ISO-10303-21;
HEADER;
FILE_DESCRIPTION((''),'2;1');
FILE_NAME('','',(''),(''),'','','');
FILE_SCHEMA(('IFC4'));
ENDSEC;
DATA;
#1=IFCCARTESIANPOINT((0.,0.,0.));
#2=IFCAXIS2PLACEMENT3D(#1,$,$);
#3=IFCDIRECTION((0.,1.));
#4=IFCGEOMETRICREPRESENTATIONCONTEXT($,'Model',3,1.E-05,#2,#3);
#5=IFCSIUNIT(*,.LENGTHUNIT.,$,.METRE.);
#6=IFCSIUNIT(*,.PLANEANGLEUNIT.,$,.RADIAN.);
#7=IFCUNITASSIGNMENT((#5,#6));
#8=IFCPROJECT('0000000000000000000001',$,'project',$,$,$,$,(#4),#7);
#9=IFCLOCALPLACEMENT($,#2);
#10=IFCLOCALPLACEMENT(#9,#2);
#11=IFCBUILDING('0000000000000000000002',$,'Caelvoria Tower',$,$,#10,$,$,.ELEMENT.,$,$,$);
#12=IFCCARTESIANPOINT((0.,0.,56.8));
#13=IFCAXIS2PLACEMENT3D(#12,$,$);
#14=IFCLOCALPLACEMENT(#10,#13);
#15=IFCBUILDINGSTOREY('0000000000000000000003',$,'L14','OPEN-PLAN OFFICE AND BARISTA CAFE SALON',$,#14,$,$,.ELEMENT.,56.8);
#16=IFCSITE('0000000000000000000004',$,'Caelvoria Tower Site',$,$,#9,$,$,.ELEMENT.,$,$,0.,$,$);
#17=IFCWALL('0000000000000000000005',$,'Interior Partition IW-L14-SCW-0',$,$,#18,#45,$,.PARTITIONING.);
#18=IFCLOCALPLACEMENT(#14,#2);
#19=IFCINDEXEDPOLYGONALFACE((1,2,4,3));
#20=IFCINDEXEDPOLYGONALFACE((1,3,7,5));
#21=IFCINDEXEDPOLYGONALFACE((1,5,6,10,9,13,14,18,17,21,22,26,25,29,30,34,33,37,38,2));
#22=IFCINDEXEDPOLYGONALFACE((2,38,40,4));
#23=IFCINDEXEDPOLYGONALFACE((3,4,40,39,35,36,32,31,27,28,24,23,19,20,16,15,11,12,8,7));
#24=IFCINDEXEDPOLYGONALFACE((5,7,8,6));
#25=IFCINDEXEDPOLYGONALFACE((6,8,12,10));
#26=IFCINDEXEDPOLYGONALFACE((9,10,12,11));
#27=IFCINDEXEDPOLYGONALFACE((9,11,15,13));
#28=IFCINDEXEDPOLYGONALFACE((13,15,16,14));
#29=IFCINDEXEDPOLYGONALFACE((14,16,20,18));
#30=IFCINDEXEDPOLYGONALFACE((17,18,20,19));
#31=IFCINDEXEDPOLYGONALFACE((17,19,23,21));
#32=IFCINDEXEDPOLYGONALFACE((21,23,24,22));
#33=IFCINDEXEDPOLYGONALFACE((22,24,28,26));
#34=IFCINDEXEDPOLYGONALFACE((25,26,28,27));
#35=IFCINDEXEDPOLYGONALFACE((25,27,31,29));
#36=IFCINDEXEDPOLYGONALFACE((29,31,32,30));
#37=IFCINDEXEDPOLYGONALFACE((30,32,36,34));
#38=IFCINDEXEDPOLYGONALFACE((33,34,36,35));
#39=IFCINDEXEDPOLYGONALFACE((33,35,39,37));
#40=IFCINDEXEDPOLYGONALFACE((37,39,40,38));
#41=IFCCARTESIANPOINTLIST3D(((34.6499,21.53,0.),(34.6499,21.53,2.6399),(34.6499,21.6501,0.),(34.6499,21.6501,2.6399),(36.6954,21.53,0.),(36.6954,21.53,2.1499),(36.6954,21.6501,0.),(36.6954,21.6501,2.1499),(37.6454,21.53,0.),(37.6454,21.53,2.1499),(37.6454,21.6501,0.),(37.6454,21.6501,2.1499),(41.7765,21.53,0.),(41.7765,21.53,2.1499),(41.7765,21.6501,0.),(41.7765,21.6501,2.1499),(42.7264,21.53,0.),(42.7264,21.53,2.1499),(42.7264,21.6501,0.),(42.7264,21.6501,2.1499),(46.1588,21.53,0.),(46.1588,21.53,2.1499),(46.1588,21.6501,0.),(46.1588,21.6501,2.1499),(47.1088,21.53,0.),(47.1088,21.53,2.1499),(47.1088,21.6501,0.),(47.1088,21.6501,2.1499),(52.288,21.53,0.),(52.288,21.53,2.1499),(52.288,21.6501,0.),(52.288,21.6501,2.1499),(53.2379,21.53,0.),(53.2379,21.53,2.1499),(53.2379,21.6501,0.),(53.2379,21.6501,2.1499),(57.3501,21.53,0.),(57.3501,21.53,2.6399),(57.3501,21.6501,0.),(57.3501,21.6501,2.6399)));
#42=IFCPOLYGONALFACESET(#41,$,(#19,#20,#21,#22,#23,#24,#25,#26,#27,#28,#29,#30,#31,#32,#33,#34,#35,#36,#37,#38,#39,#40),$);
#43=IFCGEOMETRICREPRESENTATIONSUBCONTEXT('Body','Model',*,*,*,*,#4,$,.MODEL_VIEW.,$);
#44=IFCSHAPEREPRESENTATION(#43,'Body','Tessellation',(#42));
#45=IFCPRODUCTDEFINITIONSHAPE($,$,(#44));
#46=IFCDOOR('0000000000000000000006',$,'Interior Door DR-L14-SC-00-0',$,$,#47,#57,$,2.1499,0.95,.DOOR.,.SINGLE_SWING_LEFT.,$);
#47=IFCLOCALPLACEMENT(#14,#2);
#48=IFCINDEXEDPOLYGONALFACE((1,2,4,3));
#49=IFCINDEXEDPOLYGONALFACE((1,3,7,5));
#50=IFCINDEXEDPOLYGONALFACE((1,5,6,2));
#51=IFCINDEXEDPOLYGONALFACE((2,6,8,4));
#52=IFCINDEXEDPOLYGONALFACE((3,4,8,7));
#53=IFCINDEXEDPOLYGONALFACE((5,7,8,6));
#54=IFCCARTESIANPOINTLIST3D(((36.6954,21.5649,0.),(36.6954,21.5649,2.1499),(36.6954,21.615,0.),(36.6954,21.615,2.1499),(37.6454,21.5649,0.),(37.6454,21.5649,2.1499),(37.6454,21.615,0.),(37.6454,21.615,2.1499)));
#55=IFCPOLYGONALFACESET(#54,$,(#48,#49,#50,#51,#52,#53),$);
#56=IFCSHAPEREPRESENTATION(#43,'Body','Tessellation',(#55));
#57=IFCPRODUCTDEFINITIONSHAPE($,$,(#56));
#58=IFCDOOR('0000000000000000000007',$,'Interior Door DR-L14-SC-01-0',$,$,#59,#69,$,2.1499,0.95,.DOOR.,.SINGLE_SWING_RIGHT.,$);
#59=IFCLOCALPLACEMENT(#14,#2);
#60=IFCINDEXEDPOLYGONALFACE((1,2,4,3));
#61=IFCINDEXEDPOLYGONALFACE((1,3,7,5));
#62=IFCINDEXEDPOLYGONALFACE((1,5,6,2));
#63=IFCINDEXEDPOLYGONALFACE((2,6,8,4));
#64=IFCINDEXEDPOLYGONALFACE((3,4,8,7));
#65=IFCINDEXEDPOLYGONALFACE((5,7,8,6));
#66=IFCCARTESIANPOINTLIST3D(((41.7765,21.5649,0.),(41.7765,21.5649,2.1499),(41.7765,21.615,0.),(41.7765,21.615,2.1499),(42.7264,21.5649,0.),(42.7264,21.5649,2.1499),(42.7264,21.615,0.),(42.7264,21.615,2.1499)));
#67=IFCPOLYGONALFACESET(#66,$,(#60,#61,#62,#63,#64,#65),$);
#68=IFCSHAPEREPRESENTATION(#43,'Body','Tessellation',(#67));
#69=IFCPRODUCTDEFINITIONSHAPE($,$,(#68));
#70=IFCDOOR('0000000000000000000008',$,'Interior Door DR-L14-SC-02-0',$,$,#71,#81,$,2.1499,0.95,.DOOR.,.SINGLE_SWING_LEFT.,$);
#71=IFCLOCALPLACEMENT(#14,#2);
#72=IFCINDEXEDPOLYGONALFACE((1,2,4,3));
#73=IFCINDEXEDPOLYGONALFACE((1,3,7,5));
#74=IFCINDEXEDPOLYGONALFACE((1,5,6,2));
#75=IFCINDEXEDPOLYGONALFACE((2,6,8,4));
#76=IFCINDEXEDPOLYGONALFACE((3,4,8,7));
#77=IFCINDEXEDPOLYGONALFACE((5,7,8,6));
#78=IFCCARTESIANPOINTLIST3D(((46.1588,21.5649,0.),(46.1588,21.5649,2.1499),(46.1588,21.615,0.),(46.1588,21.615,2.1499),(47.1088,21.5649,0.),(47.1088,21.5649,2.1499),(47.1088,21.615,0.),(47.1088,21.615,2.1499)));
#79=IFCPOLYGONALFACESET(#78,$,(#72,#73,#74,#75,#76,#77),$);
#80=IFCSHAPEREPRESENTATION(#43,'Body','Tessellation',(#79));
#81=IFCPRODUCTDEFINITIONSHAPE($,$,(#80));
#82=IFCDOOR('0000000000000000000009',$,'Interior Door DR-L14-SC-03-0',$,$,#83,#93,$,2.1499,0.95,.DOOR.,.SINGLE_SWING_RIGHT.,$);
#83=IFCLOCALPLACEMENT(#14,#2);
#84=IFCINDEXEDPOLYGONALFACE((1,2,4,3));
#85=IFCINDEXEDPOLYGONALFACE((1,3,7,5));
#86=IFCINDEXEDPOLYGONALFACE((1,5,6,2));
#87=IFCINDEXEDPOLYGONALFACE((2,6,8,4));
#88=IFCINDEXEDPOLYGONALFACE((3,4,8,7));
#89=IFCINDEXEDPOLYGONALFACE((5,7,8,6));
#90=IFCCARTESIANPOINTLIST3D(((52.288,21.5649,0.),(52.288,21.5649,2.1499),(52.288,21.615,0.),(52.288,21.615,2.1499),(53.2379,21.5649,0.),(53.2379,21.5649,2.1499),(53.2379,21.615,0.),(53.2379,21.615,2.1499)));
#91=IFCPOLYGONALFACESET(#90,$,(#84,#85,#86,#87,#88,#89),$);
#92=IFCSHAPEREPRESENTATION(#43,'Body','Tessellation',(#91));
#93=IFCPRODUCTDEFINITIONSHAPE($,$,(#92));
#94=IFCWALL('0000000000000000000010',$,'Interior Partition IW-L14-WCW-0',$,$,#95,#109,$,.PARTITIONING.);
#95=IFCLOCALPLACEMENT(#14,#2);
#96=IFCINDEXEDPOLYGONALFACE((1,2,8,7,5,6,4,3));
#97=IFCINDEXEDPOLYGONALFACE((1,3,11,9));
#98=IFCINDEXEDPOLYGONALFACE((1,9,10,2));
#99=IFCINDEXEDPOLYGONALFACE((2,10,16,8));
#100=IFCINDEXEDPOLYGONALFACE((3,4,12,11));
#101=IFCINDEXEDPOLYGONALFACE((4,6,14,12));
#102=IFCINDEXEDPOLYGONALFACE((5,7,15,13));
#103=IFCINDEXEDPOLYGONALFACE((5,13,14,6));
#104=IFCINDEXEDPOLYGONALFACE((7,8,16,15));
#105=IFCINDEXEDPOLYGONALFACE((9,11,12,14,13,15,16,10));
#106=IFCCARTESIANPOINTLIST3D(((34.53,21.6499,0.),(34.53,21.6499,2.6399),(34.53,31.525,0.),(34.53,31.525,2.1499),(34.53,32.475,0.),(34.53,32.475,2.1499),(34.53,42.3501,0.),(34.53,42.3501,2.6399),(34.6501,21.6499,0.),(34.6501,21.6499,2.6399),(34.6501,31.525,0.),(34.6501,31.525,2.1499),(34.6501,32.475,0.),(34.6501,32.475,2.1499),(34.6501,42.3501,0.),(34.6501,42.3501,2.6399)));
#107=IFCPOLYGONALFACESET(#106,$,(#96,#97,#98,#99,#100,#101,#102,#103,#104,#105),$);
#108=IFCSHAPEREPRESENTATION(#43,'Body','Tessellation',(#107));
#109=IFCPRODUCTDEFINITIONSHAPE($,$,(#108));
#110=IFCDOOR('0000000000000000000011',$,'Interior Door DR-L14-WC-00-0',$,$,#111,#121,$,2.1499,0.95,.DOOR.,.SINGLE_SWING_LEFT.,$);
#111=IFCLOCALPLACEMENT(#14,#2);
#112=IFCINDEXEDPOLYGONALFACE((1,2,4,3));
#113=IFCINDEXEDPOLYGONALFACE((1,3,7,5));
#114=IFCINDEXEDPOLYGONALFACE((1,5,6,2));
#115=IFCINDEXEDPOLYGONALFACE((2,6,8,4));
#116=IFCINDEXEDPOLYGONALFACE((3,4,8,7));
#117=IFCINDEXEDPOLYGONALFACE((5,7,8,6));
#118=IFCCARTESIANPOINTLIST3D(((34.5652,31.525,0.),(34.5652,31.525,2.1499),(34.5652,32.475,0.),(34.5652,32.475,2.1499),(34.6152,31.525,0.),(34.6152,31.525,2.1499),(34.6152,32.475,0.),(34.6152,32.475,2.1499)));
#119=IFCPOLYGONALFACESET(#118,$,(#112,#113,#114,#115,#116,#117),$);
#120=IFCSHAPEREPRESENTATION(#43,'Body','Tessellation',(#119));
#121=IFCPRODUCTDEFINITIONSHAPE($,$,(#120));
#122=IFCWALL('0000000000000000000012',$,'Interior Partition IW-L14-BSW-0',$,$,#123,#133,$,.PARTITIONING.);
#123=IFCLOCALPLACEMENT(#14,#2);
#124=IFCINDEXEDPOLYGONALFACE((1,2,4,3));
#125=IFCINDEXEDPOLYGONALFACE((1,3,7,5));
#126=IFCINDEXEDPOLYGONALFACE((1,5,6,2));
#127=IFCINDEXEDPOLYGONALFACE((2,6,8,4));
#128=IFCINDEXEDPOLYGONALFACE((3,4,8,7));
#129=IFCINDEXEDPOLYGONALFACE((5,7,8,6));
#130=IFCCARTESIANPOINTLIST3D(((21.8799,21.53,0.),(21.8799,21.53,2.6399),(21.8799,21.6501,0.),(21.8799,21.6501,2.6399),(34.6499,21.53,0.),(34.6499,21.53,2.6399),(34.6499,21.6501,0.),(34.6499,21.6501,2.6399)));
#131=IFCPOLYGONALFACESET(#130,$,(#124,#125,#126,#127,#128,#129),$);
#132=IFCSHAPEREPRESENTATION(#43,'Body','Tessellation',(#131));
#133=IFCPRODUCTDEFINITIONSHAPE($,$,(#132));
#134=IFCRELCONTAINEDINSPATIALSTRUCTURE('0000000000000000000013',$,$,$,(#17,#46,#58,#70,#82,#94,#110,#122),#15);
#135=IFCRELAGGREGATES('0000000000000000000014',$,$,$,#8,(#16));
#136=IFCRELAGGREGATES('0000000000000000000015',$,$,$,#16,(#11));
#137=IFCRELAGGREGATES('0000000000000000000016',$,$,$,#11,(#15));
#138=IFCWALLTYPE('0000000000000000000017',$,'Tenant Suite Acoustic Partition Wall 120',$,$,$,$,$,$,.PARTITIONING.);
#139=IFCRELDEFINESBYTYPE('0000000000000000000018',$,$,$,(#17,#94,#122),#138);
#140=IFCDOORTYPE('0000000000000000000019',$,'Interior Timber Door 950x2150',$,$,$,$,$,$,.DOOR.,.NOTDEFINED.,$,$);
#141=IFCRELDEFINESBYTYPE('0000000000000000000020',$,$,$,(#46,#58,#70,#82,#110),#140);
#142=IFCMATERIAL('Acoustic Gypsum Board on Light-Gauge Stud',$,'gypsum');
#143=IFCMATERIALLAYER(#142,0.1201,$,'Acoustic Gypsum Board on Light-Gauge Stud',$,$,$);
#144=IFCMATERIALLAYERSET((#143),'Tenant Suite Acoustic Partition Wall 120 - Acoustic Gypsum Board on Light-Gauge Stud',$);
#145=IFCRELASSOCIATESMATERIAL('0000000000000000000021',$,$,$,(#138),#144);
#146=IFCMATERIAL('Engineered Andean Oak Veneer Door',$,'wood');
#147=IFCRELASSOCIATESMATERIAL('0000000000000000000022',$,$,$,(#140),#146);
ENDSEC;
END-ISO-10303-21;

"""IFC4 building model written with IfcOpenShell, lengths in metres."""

from ifc_helpers import new_model, si_unit, direction, frame, frame_2d, origin, place, context, subcontext, project, spatial, rectangle, extrude, material, layer, layer_set, type_object, element, fill, save


model = new_model("IFC4")

# Units and contexts
model_context = context("Model", 3, precision=1e-05, world=origin(), true_north=direction((0.0, 1.0)))
body_context = subcontext(model_context, "Body", "Model", "MODEL_VIEW")
ifc_project = project(units=[si_unit("LENGTHUNIT", "METRE"), si_unit("PLANEANGLEUNIT", "RADIAN")], contexts=[model_context])

# Site, building, storey
site_placement = place(None, origin())
site = spatial("IfcSite", under=ifc_project, at=site_placement, Name="Caelvoria Tower Site", CompositionType="ELEMENT", RefElevation=0.0)
building_placement = place(site_placement, origin())
building = spatial("IfcBuilding", under=site, at=building_placement, Name="Caelvoria Tower", CompositionType="ELEMENT")
storey_placement = place(building_placement, frame((0.0, 0.0, 56.8)))
storey = spatial("IfcBuildingStorey", under=building, at=storey_placement, Name="L14", Description="OPEN-PLAN OFFICE AND BARISTA CAFE SALON", CompositionType="ELEMENT", Elevation=56.8)

# Wall, openings, doors
ifc_material_1 = material(Name="Acoustic Gypsum Board on Light-Gauge Stud", Category="gypsum")
ifc_layer_1 = layer(ifc_material_1, 0.1201, Name="Acoustic Gypsum Board on Light-Gauge Stud")
ifc_layer_set_1 = layer_set([ifc_layer_1], Name="Tenant Suite Acoustic Partition Wall 120 - Acoustic Gypsum Board on Light-Gauge Stud")
wall_type_1 = type_object("IfcWallType", Name="Tenant Suite Acoustic Partition Wall 120", PredefinedType="PARTITIONING", material=ifc_layer_set_1)
wall_1_placement = place(storey_placement, frame((34.6499, 21.5901, 0.0), z_axis=(0.0, 0.0, 1.0), x_axis=(1.0, 0.0, 0.0)))
wall_1 = element("IfcWall", 1, at=wall_1_placement, inside=storey, type_object=wall_type_1, Name="Interior Partition IW-L14-SCW-0", PredefinedType="PARTITIONING", context=body_context, shape_type="SweptSolid", body=[
    extrude(rectangle(XDim=22.7002, YDim=0.1201, at=frame_2d((11.3501, 0.0))), origin(), (0.0, 0.0, 1.0), 2.6399),
])
opening_1_placement = place(wall_1_placement, frame((2.0454, 0.0, 0.0)))
opening_1 = element("IfcOpeningElement", 2, at=opening_1_placement, cuts=wall_1, PredefinedType="OPENING", context=body_context, shape_type="SweptSolid", body=[
    extrude(rectangle(XDim=0.95, YDim=2.1499, at=frame_2d((0.4751, 1.075))), frame((0.0, 0.0701, 0.0), z_axis=(0.0, -1.0, 0.0), x_axis=(1.0, 0.0, 0.0)), (0.0, 0.0, 1.0), 0.1401),
])
opening_2_placement = place(wall_1_placement, frame((7.1265, 0.0, 0.0)))
opening_2 = element("IfcOpeningElement", 3, at=opening_2_placement, cuts=wall_1, PredefinedType="OPENING", context=body_context, shape_type="SweptSolid", body=[
    extrude(rectangle(XDim=0.95, YDim=2.1499, at=frame_2d((0.4751, 1.075))), frame((0.0, 0.0701, 0.0), z_axis=(0.0, -1.0, 0.0), x_axis=(1.0, 0.0, 0.0)), (0.0, 0.0, 1.0), 0.1401),
])
opening_3_placement = place(wall_1_placement, frame((11.5088, 0.0, 0.0)))
opening_3 = element("IfcOpeningElement", 4, at=opening_3_placement, cuts=wall_1, PredefinedType="OPENING", context=body_context, shape_type="SweptSolid", body=[
    extrude(rectangle(XDim=0.95, YDim=2.1499, at=frame_2d((0.4751, 1.075))), frame((0.0, 0.0701, 0.0), z_axis=(0.0, -1.0, 0.0), x_axis=(1.0, 0.0, 0.0)), (0.0, 0.0, 1.0), 0.1401),
])
opening_4_placement = place(wall_1_placement, frame((17.6379, 0.0, 0.0)))
opening_4 = element("IfcOpeningElement", 5, at=opening_4_placement, cuts=wall_1, PredefinedType="OPENING", context=body_context, shape_type="SweptSolid", body=[
    extrude(rectangle(XDim=0.95, YDim=2.1499, at=frame_2d((0.4751, 1.075))), frame((0.0, 0.0701, 0.0), z_axis=(0.0, -1.0, 0.0), x_axis=(1.0, 0.0, 0.0)), (0.0, 0.0, 1.0), 0.1401),
])
ifc_material_2 = material(Name="Engineered Andean Oak Veneer Door", Category="wood")
door_type_1 = type_object("IfcDoorType", Name="Interior Timber Door 950x2150", OperationType="NOTDEFINED", PredefinedType="DOOR", material=ifc_material_2)
door_1_placement = place(opening_1_placement, origin())
door_1 = element("IfcDoor", 6, at=door_1_placement, inside=storey, type_object=door_type_1, Name="Interior Door DR-L14-SC-00-0", OperationType="SINGLE_SWING_LEFT", OverallHeight=2.1499, OverallWidth=0.95, PredefinedType="DOOR", context=body_context, shape_type="SweptSolid", body=[
    extrude(rectangle(XDim=0.95, YDim=2.1499, at=frame_2d((0.4751, 1.075))), frame((0.0, 0.0249, 0.0), z_axis=(0.0, -1.0, 0.0), x_axis=(1.0, 0.0, 0.0)), (0.0, 0.0, 1.0), 0.05),
])
fill(opening_1, door_1)
door_2_placement = place(opening_2_placement, origin())
door_2 = element("IfcDoor", 7, at=door_2_placement, inside=storey, type_object=door_type_1, Name="Interior Door DR-L14-SC-01-0", OperationType="SINGLE_SWING_RIGHT", OverallHeight=2.1499, OverallWidth=0.95, PredefinedType="DOOR", context=body_context, shape_type="SweptSolid", body=[
    extrude(rectangle(XDim=0.95, YDim=2.1499, at=frame_2d((0.4751, 1.075))), frame((0.0, 0.0249, 0.0), z_axis=(0.0, -1.0, 0.0), x_axis=(1.0, 0.0, 0.0)), (0.0, 0.0, 1.0), 0.05),
])
fill(opening_2, door_2)
door_3_placement = place(opening_3_placement, origin())
door_3 = element("IfcDoor", 8, at=door_3_placement, inside=storey, type_object=door_type_1, Name="Interior Door DR-L14-SC-02-0", OperationType="SINGLE_SWING_LEFT", OverallHeight=2.1499, OverallWidth=0.95, PredefinedType="DOOR", context=body_context, shape_type="SweptSolid", body=[
    extrude(rectangle(XDim=0.95, YDim=2.1499, at=frame_2d((0.4751, 1.075))), frame((0.0, 0.0249, 0.0), z_axis=(0.0, -1.0, 0.0), x_axis=(1.0, 0.0, 0.0)), (0.0, 0.0, 1.0), 0.05),
])
fill(opening_3, door_3)
door_4_placement = place(opening_4_placement, origin())
door_4 = element("IfcDoor", 9, at=door_4_placement, inside=storey, type_object=door_type_1, Name="Interior Door DR-L14-SC-03-0", OperationType="SINGLE_SWING_RIGHT", OverallHeight=2.1499, OverallWidth=0.95, PredefinedType="DOOR", context=body_context, shape_type="SweptSolid", body=[
    extrude(rectangle(XDim=0.95, YDim=2.1499, at=frame_2d((0.4751, 1.075))), frame((0.0, 0.0249, 0.0), z_axis=(0.0, -1.0, 0.0), x_axis=(1.0, 0.0, 0.0)), (0.0, 0.0, 1.0), 0.05),
])
fill(opening_4, door_4)

# Wall, opening, door
wall_2_placement = place(storey_placement, frame((34.5901, 21.6499, 0.0), z_axis=(0.0, 0.0, 1.0), x_axis=(0.0, 1.0, 0.0)))
wall_2 = element("IfcWall", 10, at=wall_2_placement, inside=storey, type_object=wall_type_1, Name="Interior Partition IW-L14-WCW-0", PredefinedType="PARTITIONING", context=body_context, shape_type="SweptSolid", body=[
    extrude(rectangle(XDim=20.7002, YDim=0.1201, at=frame_2d((10.3501, 0.0))), origin(), (0.0, 0.0, 1.0), 2.6399),
])
opening_5_placement = place(wall_2_placement, frame((9.875, 0.0, 0.0)))
opening_5 = element("IfcOpeningElement", 11, at=opening_5_placement, cuts=wall_2, PredefinedType="OPENING", context=body_context, shape_type="SweptSolid", body=[
    extrude(rectangle(XDim=0.95, YDim=2.1499, at=frame_2d((0.4751, 1.075))), frame((0.0, 0.0701, 0.0), z_axis=(0.0, -1.0, 0.0), x_axis=(1.0, 0.0, 0.0)), (0.0, 0.0, 1.0), 0.1401),
])
door_5_placement = place(opening_5_placement, origin())
door_5 = element("IfcDoor", 12, at=door_5_placement, inside=storey, type_object=door_type_1, Name="Interior Door DR-L14-WC-00-0", OperationType="SINGLE_SWING_LEFT", OverallHeight=2.1499, OverallWidth=0.95, PredefinedType="DOOR", context=body_context, shape_type="SweptSolid", body=[
    extrude(rectangle(XDim=0.95, YDim=2.1499, at=frame_2d((0.4751, 1.075))), frame((0.0, 0.0249, 0.0), z_axis=(0.0, -1.0, 0.0), x_axis=(1.0, 0.0, 0.0)), (0.0, 0.0, 1.0), 0.05),
])
fill(opening_5, door_5)

# Wall
wall_3_placement = place(storey_placement, frame((34.6499, 21.5901, 0.0), z_axis=(0.0, 0.0, 1.0), x_axis=(-1.0, 0.0, 0.0)))
element("IfcWall", 13, at=wall_3_placement, inside=storey, type_object=wall_type_1, Name="Interior Partition IW-L14-BSW-0", PredefinedType="PARTITIONING", context=body_context, shape_type="SweptSolid", body=[
    extrude(rectangle(XDim=12.77, YDim=0.1201, at=frame_2d((6.385, 0.0))), origin(), (0.0, 0.0, 1.0), 2.6399),
])

save(model, "model.ifc")
